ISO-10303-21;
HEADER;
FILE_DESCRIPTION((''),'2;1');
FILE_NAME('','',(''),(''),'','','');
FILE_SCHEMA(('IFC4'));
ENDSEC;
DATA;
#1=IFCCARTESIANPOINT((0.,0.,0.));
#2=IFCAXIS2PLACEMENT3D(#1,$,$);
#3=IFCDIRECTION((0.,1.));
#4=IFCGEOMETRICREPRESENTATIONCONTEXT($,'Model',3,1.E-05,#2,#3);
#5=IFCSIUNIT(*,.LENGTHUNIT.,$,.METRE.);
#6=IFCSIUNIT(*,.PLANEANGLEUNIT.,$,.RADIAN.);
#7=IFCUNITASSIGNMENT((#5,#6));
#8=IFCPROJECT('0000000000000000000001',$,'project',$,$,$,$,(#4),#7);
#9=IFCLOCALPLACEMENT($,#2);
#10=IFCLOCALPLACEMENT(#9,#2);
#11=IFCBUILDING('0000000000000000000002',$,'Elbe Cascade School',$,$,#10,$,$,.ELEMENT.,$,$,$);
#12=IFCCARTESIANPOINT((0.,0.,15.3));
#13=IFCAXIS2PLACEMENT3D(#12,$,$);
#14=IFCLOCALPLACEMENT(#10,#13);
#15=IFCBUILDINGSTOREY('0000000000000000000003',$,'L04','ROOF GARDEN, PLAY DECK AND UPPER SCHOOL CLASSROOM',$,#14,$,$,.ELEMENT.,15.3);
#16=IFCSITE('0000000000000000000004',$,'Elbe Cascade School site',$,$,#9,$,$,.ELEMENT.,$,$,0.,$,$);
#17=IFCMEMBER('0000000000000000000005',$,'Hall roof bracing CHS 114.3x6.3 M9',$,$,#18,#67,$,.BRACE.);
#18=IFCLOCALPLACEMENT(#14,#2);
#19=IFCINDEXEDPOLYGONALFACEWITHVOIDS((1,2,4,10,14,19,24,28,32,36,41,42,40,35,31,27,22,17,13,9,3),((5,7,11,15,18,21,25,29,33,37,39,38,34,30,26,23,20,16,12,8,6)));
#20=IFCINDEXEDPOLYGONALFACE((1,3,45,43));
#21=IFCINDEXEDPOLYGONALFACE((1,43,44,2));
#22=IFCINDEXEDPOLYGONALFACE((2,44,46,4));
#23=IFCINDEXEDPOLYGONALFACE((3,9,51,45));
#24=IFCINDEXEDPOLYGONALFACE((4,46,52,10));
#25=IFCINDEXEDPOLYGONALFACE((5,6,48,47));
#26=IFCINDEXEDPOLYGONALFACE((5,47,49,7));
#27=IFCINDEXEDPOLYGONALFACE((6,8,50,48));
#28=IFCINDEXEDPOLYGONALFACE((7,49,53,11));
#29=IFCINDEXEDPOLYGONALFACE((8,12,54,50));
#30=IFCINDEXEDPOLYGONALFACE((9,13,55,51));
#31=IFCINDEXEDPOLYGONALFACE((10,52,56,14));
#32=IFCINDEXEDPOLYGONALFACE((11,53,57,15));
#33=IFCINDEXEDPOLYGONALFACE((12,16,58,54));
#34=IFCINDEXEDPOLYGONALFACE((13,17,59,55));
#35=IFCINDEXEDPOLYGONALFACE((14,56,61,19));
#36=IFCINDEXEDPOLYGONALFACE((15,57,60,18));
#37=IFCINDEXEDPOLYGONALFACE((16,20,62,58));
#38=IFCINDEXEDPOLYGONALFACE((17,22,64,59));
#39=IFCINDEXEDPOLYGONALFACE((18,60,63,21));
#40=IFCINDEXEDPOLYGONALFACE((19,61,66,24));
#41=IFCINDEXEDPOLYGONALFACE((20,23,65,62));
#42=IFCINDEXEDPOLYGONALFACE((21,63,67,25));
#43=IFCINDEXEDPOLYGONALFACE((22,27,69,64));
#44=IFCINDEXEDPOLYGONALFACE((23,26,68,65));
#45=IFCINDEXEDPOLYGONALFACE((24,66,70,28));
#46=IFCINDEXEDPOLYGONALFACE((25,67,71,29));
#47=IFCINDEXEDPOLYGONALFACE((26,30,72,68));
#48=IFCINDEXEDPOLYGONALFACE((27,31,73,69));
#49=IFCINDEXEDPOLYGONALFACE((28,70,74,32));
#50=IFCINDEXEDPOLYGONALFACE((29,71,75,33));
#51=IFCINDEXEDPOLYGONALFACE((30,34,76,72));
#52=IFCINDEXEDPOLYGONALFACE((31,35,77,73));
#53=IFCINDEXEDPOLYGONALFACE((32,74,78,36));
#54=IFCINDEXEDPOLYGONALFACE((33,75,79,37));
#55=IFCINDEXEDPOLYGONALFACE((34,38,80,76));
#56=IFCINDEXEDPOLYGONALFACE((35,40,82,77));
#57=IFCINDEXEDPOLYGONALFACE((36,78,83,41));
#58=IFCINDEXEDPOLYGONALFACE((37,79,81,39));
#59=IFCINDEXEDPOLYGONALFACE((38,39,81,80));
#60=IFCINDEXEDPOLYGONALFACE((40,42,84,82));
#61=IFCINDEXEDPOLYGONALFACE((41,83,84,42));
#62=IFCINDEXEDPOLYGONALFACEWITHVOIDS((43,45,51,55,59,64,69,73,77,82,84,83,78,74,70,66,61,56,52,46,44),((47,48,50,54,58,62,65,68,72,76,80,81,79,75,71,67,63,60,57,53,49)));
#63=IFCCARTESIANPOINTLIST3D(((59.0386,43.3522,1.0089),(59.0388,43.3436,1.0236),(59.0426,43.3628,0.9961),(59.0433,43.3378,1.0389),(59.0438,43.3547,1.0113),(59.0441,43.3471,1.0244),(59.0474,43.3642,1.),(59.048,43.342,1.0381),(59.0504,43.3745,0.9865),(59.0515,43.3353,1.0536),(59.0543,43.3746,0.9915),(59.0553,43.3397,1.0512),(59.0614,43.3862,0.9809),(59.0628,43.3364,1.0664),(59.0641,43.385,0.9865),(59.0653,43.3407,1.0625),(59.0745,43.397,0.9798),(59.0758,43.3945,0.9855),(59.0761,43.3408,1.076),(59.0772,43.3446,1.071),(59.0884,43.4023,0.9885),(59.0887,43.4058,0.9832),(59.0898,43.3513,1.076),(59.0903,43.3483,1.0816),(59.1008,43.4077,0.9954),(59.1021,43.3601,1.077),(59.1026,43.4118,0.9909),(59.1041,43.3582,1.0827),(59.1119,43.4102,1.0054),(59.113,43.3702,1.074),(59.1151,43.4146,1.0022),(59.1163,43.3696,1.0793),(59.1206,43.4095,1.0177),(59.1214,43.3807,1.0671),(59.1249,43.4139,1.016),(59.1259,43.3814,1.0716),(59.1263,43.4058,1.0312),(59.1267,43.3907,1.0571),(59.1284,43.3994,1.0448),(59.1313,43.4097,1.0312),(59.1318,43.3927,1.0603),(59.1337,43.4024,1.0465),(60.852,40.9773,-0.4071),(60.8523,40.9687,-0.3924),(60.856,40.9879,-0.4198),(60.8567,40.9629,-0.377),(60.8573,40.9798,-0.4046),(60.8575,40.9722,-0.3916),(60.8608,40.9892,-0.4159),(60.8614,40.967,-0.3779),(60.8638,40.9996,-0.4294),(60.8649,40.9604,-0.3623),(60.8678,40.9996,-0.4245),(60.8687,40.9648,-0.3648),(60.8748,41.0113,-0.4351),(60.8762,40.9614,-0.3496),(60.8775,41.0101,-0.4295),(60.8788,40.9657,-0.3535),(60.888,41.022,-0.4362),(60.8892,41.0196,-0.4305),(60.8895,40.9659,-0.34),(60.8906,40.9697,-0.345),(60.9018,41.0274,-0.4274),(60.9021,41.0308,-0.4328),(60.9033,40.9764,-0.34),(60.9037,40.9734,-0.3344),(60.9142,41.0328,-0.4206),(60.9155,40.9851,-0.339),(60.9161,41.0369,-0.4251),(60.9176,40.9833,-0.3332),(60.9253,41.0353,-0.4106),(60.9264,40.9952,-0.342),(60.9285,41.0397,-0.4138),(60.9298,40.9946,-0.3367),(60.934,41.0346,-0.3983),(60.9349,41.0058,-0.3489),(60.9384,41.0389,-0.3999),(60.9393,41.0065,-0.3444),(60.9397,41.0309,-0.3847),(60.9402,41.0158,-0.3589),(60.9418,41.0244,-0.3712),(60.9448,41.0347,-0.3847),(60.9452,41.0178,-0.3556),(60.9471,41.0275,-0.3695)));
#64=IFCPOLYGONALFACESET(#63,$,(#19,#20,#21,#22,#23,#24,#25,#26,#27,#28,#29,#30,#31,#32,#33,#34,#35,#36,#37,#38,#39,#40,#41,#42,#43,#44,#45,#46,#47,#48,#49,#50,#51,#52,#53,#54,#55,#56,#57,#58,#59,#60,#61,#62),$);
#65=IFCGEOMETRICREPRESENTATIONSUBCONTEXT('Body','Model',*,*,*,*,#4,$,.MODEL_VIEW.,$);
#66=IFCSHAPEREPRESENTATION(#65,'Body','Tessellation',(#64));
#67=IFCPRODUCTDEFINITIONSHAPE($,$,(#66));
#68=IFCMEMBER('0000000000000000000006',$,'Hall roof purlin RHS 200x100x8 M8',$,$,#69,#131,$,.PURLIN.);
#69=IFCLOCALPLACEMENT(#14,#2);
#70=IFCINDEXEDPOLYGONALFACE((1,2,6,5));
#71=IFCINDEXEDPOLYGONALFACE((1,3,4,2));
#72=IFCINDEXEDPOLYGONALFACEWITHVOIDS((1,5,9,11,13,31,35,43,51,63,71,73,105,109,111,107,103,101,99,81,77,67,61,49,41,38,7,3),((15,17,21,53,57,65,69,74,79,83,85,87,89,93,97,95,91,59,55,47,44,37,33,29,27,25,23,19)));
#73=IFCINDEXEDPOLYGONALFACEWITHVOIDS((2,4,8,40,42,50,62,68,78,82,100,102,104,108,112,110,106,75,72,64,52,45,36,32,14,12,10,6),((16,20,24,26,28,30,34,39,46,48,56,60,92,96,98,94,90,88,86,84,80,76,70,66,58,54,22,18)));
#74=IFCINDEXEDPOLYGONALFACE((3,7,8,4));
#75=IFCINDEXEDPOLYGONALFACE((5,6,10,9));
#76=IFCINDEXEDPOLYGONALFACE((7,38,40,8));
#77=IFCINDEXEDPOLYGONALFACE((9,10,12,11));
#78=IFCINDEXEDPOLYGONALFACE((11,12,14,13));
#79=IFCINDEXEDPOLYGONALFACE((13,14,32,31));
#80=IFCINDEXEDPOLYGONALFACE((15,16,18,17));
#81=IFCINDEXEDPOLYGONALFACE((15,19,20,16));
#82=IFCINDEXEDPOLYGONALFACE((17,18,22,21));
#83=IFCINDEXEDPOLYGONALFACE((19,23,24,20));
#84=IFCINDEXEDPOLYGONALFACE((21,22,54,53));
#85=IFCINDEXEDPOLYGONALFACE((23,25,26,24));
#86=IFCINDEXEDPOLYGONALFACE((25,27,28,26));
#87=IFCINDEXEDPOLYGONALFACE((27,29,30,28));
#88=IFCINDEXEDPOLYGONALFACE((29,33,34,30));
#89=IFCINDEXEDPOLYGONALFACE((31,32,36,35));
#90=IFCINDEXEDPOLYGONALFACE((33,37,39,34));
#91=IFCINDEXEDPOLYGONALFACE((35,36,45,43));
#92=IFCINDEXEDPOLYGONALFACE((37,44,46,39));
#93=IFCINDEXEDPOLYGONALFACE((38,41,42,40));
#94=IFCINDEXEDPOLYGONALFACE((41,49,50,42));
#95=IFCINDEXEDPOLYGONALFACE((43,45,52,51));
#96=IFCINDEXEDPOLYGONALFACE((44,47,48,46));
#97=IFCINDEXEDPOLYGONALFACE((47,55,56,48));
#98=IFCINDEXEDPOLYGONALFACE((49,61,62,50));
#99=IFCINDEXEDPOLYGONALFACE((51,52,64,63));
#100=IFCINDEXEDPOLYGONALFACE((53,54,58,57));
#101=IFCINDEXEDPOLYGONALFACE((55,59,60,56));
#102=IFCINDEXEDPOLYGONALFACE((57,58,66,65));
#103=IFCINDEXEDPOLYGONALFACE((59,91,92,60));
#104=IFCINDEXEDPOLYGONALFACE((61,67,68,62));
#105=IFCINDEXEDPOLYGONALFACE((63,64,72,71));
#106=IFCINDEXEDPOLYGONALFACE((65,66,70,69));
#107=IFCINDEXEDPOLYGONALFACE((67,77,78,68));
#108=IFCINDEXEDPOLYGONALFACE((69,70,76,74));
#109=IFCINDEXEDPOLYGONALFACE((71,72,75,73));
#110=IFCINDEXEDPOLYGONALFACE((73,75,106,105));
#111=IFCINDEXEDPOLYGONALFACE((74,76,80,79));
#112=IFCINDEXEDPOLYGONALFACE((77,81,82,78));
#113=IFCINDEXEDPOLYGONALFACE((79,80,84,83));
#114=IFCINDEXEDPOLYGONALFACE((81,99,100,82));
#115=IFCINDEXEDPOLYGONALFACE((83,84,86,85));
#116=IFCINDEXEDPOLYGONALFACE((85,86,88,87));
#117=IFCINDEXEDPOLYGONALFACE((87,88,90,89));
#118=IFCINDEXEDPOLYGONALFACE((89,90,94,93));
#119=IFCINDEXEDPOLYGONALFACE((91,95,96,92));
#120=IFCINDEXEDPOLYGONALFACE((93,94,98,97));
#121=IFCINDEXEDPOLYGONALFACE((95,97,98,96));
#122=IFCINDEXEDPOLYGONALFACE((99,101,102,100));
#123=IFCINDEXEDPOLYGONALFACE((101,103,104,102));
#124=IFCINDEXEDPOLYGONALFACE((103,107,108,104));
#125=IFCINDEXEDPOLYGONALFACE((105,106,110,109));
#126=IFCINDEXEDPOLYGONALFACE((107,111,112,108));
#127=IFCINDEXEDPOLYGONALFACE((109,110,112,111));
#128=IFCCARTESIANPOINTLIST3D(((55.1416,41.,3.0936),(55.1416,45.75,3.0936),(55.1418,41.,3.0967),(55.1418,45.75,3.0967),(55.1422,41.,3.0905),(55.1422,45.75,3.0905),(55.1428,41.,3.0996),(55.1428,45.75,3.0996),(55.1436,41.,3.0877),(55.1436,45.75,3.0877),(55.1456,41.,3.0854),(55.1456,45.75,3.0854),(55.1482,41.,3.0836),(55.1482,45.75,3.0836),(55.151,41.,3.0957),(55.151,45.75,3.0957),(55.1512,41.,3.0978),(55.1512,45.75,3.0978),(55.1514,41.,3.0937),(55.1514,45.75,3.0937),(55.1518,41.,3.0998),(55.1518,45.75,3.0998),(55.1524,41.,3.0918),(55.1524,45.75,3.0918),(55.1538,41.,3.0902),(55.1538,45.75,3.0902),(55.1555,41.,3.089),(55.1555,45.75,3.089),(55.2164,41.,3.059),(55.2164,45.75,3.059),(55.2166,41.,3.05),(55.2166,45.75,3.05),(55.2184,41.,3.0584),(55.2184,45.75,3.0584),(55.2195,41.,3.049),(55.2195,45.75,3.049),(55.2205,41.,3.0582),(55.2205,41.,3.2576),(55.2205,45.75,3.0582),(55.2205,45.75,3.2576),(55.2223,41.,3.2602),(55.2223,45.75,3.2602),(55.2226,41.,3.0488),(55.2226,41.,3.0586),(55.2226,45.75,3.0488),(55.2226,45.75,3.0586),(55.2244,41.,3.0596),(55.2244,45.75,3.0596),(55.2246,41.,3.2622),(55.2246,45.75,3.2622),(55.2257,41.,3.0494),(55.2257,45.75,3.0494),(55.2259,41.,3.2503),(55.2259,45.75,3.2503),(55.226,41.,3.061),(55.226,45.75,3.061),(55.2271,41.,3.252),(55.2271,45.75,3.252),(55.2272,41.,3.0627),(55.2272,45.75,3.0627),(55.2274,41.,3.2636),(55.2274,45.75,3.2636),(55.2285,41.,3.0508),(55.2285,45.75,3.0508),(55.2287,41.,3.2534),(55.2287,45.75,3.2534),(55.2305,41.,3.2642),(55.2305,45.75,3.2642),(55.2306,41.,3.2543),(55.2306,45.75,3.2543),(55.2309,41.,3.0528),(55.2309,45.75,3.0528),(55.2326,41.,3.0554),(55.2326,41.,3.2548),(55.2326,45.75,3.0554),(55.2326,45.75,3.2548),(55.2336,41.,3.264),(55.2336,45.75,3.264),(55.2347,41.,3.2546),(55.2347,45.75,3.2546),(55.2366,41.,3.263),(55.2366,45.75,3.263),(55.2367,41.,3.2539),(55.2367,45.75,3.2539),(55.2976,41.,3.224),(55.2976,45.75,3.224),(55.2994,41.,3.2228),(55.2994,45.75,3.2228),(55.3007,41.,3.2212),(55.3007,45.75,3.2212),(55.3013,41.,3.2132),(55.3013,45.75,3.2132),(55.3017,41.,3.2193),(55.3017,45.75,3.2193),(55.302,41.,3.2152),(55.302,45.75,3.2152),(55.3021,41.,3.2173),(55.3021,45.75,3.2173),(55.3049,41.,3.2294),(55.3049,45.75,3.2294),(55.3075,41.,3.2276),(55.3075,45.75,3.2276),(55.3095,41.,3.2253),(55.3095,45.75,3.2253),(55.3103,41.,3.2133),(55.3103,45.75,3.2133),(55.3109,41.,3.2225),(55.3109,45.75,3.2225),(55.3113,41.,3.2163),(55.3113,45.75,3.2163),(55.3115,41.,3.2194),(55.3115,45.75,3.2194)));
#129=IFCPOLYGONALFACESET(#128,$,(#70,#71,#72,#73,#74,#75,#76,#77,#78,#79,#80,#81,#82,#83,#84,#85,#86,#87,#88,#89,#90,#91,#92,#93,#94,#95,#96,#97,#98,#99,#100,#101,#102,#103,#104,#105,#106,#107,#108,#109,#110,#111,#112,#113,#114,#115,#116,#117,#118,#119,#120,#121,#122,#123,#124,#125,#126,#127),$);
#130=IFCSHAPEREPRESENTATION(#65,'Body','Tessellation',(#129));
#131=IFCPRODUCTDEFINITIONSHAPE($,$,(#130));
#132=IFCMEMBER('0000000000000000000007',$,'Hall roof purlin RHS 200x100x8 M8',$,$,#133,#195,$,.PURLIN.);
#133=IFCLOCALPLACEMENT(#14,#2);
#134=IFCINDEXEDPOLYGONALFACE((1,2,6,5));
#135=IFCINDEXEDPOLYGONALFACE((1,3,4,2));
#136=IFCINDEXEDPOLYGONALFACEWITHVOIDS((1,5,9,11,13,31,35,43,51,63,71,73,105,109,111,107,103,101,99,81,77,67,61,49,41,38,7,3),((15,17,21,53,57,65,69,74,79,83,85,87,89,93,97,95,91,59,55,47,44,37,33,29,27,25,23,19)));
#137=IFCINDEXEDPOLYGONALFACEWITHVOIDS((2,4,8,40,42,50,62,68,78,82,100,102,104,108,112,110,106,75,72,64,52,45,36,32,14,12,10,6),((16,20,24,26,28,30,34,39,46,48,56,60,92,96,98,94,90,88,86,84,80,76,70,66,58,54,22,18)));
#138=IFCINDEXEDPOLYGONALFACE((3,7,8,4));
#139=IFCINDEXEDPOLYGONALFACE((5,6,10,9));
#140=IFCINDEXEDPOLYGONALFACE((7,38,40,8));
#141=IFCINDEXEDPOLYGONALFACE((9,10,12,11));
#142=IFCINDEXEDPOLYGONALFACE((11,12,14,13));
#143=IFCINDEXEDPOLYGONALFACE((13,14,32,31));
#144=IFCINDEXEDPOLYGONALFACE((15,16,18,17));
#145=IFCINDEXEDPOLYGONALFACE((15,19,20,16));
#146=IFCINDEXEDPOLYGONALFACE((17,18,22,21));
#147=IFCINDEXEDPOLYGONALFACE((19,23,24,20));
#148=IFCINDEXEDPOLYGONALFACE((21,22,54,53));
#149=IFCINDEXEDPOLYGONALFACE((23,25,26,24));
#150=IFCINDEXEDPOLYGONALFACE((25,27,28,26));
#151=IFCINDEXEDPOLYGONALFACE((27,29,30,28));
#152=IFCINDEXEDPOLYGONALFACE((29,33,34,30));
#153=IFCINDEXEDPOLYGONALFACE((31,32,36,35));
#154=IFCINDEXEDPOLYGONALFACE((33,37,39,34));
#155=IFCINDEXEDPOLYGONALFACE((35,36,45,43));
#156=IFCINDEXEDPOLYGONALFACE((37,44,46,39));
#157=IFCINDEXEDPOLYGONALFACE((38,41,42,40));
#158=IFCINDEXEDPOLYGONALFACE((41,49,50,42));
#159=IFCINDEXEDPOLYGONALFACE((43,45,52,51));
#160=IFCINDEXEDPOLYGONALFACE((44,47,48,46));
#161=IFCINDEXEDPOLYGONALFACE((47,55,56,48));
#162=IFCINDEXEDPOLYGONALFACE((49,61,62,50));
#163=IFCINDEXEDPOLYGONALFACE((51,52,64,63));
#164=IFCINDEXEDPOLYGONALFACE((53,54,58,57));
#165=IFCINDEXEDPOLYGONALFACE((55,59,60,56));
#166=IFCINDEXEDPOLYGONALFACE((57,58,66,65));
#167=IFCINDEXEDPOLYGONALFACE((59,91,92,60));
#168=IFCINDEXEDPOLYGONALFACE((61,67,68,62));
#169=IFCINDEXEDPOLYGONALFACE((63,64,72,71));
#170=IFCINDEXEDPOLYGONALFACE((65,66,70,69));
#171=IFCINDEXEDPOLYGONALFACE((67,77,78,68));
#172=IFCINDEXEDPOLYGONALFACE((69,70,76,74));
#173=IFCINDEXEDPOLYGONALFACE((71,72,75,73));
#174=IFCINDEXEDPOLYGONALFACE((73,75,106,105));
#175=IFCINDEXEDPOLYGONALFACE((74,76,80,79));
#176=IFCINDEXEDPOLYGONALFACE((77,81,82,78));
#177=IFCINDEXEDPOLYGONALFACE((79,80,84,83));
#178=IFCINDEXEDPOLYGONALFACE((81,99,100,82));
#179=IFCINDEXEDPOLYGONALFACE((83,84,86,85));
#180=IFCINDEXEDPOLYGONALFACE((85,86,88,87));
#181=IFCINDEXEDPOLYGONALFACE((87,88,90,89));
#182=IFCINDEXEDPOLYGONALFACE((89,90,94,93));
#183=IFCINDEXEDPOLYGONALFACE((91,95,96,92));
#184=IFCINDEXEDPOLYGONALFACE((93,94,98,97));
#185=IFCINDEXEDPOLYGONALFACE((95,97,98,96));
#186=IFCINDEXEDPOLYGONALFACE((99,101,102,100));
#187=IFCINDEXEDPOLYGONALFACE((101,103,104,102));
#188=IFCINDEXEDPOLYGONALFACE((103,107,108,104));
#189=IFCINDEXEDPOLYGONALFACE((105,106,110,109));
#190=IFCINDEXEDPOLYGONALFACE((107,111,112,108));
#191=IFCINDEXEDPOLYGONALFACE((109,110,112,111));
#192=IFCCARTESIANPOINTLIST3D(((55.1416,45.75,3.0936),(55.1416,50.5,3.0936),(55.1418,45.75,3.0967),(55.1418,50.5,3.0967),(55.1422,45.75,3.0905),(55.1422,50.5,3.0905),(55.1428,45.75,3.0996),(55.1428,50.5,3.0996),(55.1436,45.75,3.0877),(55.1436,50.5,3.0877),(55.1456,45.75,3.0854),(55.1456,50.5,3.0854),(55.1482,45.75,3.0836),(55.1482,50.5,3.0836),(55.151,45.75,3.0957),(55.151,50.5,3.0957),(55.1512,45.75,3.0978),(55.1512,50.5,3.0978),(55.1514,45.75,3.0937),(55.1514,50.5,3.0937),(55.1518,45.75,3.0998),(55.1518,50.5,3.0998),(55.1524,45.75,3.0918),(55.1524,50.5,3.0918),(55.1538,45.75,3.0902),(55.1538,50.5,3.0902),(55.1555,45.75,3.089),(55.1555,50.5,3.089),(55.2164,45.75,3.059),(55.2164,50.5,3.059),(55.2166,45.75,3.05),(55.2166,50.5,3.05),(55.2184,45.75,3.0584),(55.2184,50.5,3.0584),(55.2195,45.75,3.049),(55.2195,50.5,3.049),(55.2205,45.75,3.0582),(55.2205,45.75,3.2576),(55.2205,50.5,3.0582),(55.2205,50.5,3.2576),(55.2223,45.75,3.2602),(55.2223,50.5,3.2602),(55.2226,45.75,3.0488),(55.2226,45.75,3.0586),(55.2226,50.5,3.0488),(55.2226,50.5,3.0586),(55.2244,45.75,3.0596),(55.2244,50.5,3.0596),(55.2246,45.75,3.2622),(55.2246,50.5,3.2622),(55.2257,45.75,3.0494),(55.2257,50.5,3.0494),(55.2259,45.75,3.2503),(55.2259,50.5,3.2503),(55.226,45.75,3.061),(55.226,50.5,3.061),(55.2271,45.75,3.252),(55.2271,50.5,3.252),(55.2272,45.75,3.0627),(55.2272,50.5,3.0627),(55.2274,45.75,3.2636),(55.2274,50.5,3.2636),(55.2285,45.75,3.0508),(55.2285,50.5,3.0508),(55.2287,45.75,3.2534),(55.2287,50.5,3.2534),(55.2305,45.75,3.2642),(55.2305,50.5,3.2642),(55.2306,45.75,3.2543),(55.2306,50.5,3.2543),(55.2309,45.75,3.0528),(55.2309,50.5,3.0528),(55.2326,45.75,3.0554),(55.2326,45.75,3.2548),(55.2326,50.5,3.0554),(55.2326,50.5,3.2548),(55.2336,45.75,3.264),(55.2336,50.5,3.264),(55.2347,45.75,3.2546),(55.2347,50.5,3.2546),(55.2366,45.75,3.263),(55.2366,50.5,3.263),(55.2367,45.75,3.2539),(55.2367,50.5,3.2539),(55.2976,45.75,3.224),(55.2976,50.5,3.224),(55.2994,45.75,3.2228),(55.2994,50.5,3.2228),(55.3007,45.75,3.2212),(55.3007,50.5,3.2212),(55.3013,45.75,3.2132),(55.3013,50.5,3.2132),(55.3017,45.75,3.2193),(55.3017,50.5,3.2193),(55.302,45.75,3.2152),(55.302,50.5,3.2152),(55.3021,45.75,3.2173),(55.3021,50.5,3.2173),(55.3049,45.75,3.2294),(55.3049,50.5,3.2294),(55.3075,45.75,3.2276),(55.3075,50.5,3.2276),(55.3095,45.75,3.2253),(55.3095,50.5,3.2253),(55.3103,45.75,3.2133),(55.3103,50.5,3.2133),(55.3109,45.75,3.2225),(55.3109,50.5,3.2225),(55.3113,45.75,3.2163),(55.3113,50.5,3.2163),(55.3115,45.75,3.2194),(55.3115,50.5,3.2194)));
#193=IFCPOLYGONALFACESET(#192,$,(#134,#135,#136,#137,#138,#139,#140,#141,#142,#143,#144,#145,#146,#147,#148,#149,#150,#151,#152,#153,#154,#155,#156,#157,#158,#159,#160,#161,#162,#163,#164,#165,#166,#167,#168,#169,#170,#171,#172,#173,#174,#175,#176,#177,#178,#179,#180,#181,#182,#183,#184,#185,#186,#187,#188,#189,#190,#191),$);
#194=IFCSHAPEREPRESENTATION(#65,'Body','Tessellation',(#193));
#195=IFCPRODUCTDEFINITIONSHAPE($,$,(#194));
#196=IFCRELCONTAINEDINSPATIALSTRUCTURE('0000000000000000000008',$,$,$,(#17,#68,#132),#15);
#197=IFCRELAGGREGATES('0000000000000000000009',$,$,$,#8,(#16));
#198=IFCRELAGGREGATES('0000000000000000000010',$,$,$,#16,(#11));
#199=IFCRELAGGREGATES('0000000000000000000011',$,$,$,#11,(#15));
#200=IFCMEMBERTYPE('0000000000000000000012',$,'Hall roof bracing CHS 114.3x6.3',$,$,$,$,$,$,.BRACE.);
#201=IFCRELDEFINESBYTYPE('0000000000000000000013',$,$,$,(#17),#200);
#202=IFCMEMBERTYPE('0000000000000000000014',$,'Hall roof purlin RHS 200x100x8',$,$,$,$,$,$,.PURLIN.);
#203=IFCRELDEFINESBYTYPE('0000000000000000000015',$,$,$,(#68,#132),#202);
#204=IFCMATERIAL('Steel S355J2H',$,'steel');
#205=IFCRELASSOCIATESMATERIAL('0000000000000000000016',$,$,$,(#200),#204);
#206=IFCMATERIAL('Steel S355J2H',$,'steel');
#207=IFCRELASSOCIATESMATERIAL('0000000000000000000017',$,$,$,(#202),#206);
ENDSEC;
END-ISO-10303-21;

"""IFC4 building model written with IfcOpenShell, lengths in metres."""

from ifc_helpers import new_model, si_unit, direction, frame, origin, origin_2d, place, context, subcontext, project, spatial, hollow_rectangle, hollow_circle, extrude, material, material_profile, profile_set, type_object, element, save


model = new_model("IFC4")

# Units and contexts
model_context = context("Model", 3, precision=1e-05, world=origin(), true_north=direction((0.0, 1.0)))
body_context = subcontext(model_context, "Body", "Model", "MODEL_VIEW")
ifc_project = project(units=[si_unit("LENGTHUNIT", "METRE"), si_unit("PLANEANGLEUNIT", "RADIAN")], contexts=[model_context])

# Site, building, storey
site_placement = place(None, origin())
site = spatial("IfcSite", under=ifc_project, at=site_placement, Name="Elbe Cascade School site", CompositionType="ELEMENT", RefElevation=0.0)
building_placement = place(site_placement, origin())
building = spatial("IfcBuilding", under=site, at=building_placement, Name="Elbe Cascade School", CompositionType="ELEMENT")
storey_placement = place(building_placement, frame((0.0, 0.0, 15.3)))
storey = spatial("IfcBuildingStorey", under=building, at=storey_placement, Name="L04", Description="ROOF GARDEN, PLAY DECK AND UPPER SCHOOL CLASSROOM", CompositionType="ELEMENT", Elevation=15.3)

# Members
ifc_material_1 = material(Name="Steel S355J2H", Category="steel")
ifc_material_profile_1 = material_profile(ifc_material_1, hollow_circle(Radius=0.0571, WallThickness=0.0063, at=origin_2d()), Name="CHS 114.3x6.3")
ifc_profile_set_1 = profile_set([ifc_material_profile_1], Name="Steel S355J2H")
member_type_1 = type_object("IfcMemberType", Name="Hall roof bracing CHS 114.3x6.3", PredefinedType="BRACE", material=ifc_profile_set_1)
member_1_placement = place(storey_placement, frame((59.0859, 43.375, 1.0312), z_axis=(0.548421, -0.718234, -0.428223), x_axis=(0.794794, 0.60688, 0.0)))
element("IfcMember", 1, at=member_1_placement, inside=storey, type_object=member_type_1, Name="Hall roof bracing CHS 114.3x6.3 M9", PredefinedType="BRACE", context=body_context, shape_type="SweptSolid", body=[
    extrude(hollow_circle(Radius=0.0571, WallThickness=0.0063, at=origin_2d()), origin(), (0.0, 0.0, 1.0), 3.3066),
])
ifc_material_2 = material(Name="Steel S355J2H", Category="steel")
ifc_material_profile_2 = material_profile(ifc_material_2, hollow_rectangle(XDim=0.1001, YDim=0.2, WallThickness=0.0081, InnerFilletRadius=0.0081, OuterFilletRadius=0.012, at=origin_2d()), Name="RHS 200x100x8")
ifc_profile_set_2 = profile_set([ifc_material_profile_2], Name="Steel S355J2H")
member_type_2 = type_object("IfcMemberType", Name="Hall roof purlin RHS 200x100x8", PredefinedType="PURLIN", material=ifc_profile_set_2)
for number, where, z_axis, x_axis, name in (
    (2, (55.2266, 41.0, 3.1565), (0.0, 1.0, 0.0), (-0.897163, 0.0, 0.441699), "Hall roof purlin RHS 200x100x8 M8"),
    (3, (55.2266, 45.75, 3.1565), (0.0, 1.0, 0.0), (-0.897163, 0.0, 0.441699), "Hall roof purlin RHS 200x100x8 M8"),
):
    element("IfcMember", number, at=place(storey_placement, frame(where, z_axis=z_axis, x_axis=x_axis)), inside=storey, type_object=member_type_2, Name=name, PredefinedType="PURLIN", context=body_context, shape_type="SweptSolid", body=[
        extrude(hollow_rectangle(XDim=0.1001, YDim=0.2, WallThickness=0.0081, InnerFilletRadius=0.0081, OuterFilletRadius=0.012, at=origin_2d()), origin(), (0.0, 0.0, 1.0), 4.75),
    ])

save(model, "model.ifc")
